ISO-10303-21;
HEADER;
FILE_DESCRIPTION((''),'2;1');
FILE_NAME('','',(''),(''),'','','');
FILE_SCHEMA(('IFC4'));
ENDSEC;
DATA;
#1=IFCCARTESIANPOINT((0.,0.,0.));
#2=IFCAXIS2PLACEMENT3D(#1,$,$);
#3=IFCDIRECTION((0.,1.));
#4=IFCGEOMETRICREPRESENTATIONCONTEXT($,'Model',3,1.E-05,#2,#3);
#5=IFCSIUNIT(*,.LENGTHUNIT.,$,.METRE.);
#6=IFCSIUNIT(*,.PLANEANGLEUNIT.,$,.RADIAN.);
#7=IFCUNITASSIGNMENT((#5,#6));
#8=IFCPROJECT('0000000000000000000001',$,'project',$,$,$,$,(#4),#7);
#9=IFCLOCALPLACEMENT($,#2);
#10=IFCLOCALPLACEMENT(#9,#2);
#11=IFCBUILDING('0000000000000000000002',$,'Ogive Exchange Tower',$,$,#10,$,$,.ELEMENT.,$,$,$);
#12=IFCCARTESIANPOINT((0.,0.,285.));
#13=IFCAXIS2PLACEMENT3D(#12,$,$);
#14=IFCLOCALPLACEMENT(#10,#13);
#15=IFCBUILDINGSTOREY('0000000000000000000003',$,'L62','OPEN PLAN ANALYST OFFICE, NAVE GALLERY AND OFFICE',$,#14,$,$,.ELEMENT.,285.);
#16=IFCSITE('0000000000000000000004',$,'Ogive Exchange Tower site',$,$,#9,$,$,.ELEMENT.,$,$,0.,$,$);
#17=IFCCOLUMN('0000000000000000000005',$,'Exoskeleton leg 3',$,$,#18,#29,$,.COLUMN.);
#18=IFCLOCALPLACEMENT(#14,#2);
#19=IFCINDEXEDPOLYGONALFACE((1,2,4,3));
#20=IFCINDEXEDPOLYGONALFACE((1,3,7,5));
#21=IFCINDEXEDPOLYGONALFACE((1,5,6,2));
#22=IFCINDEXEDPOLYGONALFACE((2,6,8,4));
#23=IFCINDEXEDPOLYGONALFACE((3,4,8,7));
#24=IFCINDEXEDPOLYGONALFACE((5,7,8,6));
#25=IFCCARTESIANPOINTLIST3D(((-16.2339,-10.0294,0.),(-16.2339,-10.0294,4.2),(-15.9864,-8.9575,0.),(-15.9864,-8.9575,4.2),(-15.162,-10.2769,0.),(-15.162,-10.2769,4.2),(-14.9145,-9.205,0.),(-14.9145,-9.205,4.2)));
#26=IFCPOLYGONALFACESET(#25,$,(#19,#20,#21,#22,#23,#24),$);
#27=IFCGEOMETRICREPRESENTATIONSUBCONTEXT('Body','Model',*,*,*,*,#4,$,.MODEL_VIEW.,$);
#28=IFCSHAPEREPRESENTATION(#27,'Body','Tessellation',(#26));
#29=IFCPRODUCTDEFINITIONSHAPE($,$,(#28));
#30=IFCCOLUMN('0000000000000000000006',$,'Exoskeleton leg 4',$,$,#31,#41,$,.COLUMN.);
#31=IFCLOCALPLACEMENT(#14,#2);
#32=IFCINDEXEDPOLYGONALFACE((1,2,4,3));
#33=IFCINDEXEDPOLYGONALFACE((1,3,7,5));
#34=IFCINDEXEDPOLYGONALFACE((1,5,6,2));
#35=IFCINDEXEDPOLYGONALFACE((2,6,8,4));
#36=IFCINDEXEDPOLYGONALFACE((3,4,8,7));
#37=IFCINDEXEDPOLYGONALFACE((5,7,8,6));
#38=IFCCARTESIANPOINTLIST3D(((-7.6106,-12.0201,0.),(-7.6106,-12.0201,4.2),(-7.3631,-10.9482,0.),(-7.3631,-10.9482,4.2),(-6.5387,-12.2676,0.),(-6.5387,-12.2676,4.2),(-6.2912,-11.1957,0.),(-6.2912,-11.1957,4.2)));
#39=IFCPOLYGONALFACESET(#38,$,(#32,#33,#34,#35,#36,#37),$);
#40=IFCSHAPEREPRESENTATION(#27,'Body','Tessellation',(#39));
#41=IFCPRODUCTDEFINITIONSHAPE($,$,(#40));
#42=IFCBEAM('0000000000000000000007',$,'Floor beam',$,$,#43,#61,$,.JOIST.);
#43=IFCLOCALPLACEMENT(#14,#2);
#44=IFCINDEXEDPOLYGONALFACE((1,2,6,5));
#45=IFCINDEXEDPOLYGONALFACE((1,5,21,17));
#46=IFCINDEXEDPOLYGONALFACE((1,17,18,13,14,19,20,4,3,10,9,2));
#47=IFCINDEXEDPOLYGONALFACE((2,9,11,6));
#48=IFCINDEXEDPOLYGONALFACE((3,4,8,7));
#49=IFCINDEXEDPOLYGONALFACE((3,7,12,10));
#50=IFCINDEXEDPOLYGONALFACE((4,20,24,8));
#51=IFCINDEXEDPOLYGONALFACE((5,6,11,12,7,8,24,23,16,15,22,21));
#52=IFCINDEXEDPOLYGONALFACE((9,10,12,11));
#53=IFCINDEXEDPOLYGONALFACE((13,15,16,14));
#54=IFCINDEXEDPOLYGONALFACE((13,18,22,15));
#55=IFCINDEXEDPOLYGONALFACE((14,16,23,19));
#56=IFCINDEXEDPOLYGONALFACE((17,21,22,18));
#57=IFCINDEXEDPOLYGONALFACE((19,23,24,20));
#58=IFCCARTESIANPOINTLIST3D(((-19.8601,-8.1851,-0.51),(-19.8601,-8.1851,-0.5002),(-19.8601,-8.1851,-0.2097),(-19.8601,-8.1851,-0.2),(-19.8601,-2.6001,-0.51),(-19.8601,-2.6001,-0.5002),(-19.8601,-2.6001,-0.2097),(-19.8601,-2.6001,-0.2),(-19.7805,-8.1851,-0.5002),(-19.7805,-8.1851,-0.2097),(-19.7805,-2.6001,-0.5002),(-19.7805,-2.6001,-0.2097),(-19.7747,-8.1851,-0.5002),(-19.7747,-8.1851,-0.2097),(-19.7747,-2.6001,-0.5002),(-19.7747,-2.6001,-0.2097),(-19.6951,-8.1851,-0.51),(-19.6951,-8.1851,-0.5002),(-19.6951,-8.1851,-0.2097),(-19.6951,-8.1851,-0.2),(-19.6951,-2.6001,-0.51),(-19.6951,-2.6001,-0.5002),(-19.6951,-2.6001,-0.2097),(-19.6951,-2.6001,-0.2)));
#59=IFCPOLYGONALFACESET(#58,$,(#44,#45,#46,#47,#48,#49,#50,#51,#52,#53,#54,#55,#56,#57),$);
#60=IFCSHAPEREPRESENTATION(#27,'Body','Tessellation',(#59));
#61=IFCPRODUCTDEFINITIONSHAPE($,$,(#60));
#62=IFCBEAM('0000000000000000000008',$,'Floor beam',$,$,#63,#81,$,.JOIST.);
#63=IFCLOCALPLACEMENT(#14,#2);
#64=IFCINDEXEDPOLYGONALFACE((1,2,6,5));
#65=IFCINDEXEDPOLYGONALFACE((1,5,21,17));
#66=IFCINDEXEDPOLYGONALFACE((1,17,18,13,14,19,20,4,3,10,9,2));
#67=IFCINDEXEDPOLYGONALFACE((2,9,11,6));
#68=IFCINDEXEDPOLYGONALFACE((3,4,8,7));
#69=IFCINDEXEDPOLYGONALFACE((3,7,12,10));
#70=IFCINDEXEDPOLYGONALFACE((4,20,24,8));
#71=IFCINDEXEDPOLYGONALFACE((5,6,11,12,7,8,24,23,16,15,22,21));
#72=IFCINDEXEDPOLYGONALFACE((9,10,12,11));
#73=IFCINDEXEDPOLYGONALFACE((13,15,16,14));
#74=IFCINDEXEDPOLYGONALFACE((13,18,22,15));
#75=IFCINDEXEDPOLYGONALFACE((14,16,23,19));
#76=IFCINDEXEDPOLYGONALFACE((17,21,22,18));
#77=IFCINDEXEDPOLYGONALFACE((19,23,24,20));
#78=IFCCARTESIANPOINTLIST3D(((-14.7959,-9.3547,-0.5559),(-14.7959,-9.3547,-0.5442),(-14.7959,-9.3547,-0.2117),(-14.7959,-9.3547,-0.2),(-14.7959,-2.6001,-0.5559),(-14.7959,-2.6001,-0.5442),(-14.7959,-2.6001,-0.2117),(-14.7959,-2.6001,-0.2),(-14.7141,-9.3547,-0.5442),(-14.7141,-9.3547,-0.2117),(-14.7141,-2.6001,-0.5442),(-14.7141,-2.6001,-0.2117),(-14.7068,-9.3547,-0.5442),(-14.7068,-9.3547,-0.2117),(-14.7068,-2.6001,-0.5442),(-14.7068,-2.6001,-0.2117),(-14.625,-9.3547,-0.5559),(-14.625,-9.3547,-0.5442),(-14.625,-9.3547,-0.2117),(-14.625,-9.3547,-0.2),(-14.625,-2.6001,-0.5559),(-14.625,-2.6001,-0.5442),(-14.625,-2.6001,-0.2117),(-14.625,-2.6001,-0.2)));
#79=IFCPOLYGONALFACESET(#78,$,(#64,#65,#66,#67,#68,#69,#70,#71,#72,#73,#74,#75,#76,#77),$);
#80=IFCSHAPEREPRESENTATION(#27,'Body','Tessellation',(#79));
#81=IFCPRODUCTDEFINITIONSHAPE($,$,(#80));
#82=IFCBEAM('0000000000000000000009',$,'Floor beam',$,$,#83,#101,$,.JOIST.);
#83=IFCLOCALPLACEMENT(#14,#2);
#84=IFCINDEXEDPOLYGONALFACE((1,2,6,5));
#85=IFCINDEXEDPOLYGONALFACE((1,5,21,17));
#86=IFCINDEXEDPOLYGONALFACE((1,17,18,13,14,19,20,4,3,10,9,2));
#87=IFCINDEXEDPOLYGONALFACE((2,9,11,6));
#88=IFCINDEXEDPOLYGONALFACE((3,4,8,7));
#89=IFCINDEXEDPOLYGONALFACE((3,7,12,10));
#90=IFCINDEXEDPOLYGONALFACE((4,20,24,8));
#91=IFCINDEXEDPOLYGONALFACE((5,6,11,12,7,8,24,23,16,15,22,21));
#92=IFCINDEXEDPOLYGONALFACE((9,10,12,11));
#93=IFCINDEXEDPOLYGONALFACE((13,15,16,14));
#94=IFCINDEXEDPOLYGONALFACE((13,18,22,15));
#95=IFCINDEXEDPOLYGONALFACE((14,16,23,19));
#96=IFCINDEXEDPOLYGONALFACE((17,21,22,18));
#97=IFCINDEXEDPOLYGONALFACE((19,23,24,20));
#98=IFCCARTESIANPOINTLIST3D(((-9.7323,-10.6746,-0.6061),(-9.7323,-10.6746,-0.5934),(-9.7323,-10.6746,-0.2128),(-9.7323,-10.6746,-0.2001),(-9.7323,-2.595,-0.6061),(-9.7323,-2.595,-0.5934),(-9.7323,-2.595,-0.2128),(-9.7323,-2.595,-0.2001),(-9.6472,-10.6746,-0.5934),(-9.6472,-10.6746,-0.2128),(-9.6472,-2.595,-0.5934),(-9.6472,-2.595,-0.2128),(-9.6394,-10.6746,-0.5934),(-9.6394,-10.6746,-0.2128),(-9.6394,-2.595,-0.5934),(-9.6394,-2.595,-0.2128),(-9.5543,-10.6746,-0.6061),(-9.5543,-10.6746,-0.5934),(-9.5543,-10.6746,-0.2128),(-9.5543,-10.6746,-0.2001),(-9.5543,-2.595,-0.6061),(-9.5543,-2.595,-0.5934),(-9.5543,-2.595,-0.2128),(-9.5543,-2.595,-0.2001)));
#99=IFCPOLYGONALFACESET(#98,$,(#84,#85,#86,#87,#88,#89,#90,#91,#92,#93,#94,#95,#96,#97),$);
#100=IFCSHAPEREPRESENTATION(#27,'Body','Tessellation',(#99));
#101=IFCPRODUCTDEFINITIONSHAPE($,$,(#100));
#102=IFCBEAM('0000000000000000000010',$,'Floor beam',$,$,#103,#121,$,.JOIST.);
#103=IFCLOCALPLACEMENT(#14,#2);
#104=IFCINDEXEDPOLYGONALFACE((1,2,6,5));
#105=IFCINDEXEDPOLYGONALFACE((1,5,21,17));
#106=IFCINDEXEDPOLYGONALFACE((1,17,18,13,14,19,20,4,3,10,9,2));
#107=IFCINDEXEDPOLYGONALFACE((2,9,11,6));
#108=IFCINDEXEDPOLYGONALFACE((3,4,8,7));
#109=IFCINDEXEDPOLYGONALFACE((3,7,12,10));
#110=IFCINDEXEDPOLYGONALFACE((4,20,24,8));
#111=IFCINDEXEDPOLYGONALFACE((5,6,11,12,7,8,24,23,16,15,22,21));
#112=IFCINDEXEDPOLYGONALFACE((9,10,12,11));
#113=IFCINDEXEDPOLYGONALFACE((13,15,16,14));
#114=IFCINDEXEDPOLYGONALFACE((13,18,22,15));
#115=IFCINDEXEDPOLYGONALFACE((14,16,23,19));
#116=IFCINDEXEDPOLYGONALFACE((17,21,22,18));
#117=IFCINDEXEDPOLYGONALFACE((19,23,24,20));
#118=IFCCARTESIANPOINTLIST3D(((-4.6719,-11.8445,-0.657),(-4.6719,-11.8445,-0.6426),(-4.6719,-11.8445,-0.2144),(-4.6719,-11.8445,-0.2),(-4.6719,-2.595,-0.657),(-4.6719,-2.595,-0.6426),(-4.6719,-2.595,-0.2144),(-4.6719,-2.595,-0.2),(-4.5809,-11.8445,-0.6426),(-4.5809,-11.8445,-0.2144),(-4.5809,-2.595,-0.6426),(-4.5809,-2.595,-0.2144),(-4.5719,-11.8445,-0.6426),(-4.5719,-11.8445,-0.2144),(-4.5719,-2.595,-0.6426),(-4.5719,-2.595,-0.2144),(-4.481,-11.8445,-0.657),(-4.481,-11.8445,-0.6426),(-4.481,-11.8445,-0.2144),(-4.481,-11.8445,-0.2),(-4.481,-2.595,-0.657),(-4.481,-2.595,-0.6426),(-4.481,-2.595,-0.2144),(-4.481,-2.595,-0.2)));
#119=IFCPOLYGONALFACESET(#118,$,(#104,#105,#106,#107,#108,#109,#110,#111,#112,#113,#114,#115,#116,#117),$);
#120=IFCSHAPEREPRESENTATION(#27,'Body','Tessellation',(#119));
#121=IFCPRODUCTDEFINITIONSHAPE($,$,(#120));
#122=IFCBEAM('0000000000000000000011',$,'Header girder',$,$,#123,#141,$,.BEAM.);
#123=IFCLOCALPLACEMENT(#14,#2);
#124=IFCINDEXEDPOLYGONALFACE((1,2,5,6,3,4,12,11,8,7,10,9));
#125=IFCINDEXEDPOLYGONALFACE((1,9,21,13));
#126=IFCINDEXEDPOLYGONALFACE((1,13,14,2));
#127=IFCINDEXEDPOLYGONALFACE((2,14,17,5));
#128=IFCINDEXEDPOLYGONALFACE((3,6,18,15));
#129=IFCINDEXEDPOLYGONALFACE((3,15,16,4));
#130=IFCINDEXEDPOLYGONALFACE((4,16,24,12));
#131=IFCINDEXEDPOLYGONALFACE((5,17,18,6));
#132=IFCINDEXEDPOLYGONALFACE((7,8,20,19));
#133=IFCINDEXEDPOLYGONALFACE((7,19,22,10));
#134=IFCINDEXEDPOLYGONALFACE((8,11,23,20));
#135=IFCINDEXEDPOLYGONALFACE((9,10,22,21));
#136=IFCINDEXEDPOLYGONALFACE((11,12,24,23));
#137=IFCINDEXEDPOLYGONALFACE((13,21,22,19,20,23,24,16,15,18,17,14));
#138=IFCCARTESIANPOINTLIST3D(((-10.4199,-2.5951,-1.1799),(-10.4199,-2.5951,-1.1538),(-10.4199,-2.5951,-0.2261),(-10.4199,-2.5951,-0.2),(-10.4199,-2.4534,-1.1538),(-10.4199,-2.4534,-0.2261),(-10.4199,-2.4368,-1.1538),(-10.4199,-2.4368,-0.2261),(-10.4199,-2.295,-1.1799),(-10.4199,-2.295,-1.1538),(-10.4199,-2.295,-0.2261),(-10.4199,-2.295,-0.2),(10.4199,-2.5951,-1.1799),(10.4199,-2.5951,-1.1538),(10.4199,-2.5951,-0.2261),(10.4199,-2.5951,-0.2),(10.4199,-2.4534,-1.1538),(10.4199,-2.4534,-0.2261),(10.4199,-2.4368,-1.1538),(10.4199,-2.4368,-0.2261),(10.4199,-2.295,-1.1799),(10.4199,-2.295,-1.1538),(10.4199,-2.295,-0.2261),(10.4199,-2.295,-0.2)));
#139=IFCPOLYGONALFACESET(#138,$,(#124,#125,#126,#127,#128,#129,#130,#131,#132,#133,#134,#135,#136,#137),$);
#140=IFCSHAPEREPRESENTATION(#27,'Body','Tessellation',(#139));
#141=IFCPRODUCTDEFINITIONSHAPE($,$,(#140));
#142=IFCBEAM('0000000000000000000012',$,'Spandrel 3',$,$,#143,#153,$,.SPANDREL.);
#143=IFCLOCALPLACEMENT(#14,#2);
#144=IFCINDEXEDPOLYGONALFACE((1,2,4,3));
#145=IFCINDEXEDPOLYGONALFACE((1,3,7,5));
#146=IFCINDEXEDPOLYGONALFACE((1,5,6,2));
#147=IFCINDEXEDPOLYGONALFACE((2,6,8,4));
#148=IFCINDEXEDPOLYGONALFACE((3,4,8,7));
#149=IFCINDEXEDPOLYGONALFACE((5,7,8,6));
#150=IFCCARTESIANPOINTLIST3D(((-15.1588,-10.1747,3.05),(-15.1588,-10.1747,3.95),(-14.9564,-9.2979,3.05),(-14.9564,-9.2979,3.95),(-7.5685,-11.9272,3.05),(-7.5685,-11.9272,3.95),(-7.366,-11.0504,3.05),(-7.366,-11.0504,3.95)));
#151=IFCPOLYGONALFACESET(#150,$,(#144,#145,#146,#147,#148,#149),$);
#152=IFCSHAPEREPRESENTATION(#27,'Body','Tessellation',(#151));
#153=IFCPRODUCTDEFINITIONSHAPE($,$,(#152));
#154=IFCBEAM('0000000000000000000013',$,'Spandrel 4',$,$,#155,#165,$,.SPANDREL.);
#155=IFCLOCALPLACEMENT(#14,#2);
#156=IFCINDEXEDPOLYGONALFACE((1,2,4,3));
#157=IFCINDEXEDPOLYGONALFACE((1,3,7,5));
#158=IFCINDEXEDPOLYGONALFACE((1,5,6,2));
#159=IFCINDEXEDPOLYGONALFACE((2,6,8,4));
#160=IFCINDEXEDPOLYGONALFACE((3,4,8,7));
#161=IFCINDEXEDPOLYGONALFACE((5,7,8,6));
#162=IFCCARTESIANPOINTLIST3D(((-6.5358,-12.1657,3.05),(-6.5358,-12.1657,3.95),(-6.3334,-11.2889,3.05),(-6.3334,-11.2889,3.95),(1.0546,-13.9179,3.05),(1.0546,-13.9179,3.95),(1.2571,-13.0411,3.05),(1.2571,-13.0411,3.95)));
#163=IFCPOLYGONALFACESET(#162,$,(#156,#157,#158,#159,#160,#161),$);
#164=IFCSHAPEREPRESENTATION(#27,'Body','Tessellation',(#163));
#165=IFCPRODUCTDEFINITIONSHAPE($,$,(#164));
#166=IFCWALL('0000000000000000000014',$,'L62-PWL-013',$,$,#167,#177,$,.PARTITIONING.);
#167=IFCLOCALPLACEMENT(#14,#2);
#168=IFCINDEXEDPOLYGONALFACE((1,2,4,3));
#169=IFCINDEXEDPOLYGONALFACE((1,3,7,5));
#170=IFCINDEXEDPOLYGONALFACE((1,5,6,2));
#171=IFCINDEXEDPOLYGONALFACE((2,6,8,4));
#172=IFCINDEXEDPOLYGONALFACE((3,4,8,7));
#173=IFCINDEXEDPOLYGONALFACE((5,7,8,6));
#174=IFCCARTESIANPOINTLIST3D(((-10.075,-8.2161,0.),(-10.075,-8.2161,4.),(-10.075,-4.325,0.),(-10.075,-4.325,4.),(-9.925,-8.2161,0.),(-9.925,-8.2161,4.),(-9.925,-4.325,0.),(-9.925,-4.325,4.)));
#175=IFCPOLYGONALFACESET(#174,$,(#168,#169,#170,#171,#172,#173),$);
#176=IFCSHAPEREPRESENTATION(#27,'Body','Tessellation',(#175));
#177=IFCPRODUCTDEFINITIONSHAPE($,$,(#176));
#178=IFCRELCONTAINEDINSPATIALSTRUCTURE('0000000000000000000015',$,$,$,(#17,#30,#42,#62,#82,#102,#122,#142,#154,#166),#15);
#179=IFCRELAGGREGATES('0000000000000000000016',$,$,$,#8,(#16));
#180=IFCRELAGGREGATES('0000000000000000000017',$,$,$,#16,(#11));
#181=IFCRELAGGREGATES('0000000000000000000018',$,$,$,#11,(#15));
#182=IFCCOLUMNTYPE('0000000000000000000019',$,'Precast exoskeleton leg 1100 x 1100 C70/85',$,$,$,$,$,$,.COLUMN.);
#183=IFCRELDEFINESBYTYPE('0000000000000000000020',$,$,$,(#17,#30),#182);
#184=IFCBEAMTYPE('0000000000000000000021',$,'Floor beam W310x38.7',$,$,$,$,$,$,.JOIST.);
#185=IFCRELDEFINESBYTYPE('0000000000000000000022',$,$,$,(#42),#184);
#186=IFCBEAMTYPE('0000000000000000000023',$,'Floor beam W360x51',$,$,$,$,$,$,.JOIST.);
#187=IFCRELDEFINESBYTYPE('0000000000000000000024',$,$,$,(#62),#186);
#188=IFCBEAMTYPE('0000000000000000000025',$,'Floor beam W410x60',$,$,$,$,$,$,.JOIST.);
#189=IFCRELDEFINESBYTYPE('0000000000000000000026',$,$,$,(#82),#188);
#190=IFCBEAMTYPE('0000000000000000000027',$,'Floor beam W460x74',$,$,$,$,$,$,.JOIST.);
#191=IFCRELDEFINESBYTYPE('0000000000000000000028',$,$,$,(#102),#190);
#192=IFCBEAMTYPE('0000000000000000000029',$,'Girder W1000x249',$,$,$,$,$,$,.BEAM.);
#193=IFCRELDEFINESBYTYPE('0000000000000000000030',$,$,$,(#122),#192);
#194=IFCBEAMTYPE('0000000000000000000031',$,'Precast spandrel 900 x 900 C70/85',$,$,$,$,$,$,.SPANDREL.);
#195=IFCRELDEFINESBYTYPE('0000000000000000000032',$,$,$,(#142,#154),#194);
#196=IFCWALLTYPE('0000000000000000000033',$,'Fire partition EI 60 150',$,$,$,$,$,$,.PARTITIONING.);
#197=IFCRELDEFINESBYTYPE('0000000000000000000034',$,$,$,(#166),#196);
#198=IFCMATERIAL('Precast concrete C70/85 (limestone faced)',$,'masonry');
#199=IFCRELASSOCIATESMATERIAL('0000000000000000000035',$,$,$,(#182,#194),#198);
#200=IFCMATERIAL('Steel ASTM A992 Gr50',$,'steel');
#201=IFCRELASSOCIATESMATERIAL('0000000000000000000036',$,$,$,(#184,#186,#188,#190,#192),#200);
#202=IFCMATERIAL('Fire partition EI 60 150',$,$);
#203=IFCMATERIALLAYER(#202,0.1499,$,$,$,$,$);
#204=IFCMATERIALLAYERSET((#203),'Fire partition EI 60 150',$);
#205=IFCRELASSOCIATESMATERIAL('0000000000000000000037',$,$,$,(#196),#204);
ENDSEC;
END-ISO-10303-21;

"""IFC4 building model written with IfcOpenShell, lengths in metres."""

from ifc_helpers import new_model, si_unit, direction, frame, frame_2d, origin, origin_2d, place, context, subcontext, project, spatial, rectangle, i_section, extrude, material, layer, layer_set, material_profile, profile_set, type_object, element, save


model = new_model("IFC4")

# Units and contexts
model_context = context("Model", 3, precision=1e-05, world=origin(), true_north=direction((0.0, 1.0)))
body_context = subcontext(model_context, "Body", "Model", "MODEL_VIEW")
ifc_project = project(units=[si_unit("LENGTHUNIT", "METRE"), si_unit("PLANEANGLEUNIT", "RADIAN")], contexts=[model_context])

# Site, building, storey
site_placement = place(None, origin())
site = spatial("IfcSite", under=ifc_project, at=site_placement, Name="Ogive Exchange Tower site", CompositionType="ELEMENT", RefElevation=0.0)
building_placement = place(site_placement, origin())
building = spatial("IfcBuilding", under=site, at=building_placement, Name="Ogive Exchange Tower", CompositionType="ELEMENT")
storey_placement = place(building_placement, frame((0.0, 0.0, 285.0)))
storey = spatial("IfcBuildingStorey", under=building, at=storey_placement, Name="L62", Description="OPEN PLAN ANALYST OFFICE, NAVE GALLERY AND OFFICE", CompositionType="ELEMENT", Elevation=285.0)

# Columns
ifc_material_1 = material(Name="Precast concrete C70/85 (limestone faced)", Category="masonry")
ifc_material_profile_1 = material_profile(ifc_material_1, rectangle(XDim=1.1001, YDim=1.1001, at=origin_2d()), Name="1100 x 1100")
ifc_profile_set_1 = profile_set([ifc_material_profile_1], Name="Precast concrete C70/85 (limestone faced)")
column_type = type_object("IfcColumnType", Name="Precast exoskeleton leg 1100 x 1100 C70/85", PredefinedType="COLUMN", material=ifc_profile_set_1)
for number, where, z_axis, x_axis, name in (
    (1, (-15.5742, -9.6172, 0.0), (0.0, 0.0, 1.0), (0.97437, -0.224951, 0.0), "Exoskeleton leg 3"),
    (2, (-6.9509, -11.6079, 0.0), (0.0, 0.0, 1.0), (0.97437, -0.224951, 0.0), "Exoskeleton leg 4"),
):
    element("IfcColumn", number, at=place(storey_placement, frame(where, z_axis=z_axis, x_axis=x_axis)), inside=storey, type_object=column_type, Name=name, PredefinedType="COLUMN", context=body_context, shape_type="SweptSolid", body=[
        extrude(rectangle(XDim=1.1001, YDim=1.1001, at=origin_2d()), origin(), (0.0, 0.0, 1.0), 4.2),
    ])

# Beams
ifc_material_2 = material(Name="Steel ASTM A992 Gr50", Category="steel")
ifc_material_profile_2 = material_profile(ifc_material_2, i_section(OverallWidth=0.165, OverallDepth=0.3101, WebThickness=0.0059, FlangeThickness=0.0098, at=origin_2d()), Name="W310x38.7")
ifc_profile_set_2 = profile_set([ifc_material_profile_2], Name="Steel ASTM A992 Gr50")
beam_type_1 = type_object("IfcBeamType", Name="Floor beam W310x38.7", PredefinedType="JOIST", material=ifc_profile_set_2)
beam_1_placement = place(storey_placement, frame((-19.7776, -8.1851, -0.355), z_axis=(0.0, 1.0, 0.0), x_axis=(-1.0, 0.0, 0.0)))
element("IfcBeam", 3, at=beam_1_placement, inside=storey, type_object=beam_type_1, Name="Floor beam", PredefinedType="JOIST", context=body_context, shape_type="SweptSolid", body=[
    extrude(i_section(OverallWidth=0.165, OverallDepth=0.3101, WebThickness=0.0059, FlangeThickness=0.0098, at=origin_2d()), origin(), (0.0, 0.0, 1.0), 5.585),
])
ifc_material_profile_3 = material_profile(ifc_material_2, i_section(OverallWidth=0.1709, OverallDepth=0.356, WebThickness=0.0073, FlangeThickness=0.0117, at=origin_2d()), Name="W360x51")
ifc_profile_set_3 = profile_set([ifc_material_profile_3], Name="Steel ASTM A992 Gr50")
beam_type_2 = type_object("IfcBeamType", Name="Floor beam W360x51", PredefinedType="JOIST", material=ifc_profile_set_3)
beam_2_placement = place(storey_placement, frame((-14.7104, -9.3547, -0.3779), z_axis=(0.0, 1.0, 0.0), x_axis=(-1.0, 0.0, 0.0)))
element("IfcBeam", 4, at=beam_2_placement, inside=storey, type_object=beam_type_2, Name="Floor beam", PredefinedType="JOIST", context=body_context, shape_type="SweptSolid", body=[
    extrude(i_section(OverallWidth=0.1709, OverallDepth=0.356, WebThickness=0.0073, FlangeThickness=0.0117, at=origin_2d()), origin(), (0.0, 0.0, 1.0), 6.7546),
])
ifc_material_profile_4 = material_profile(ifc_material_2, i_section(OverallWidth=0.178, OverallDepth=0.406, WebThickness=0.0078, FlangeThickness=0.0127, at=origin_2d()), Name="W410x60")
ifc_profile_set_4 = profile_set([ifc_material_profile_4], Name="Steel ASTM A992 Gr50")
beam_type_3 = type_object("IfcBeamType", Name="Floor beam W410x60", PredefinedType="JOIST", material=ifc_profile_set_4)
beam_3_placement = place(storey_placement, frame((-9.6433, -10.6746, -0.4031), z_axis=(0.0, 1.0, 0.0), x_axis=(-1.0, 0.0, 0.0)))
element("IfcBeam", 5, at=beam_3_placement, inside=storey, type_object=beam_type_3, Name="Floor beam", PredefinedType="JOIST", context=body_context, shape_type="SweptSolid", body=[
    extrude(i_section(OverallWidth=0.178, OverallDepth=0.406, WebThickness=0.0078, FlangeThickness=0.0127, at=origin_2d()), origin(), (0.0, 0.0, 1.0), 8.0796),
])
ifc_material_profile_5 = material_profile(ifc_material_2, i_section(OverallWidth=0.1909, OverallDepth=0.457, WebThickness=0.009, FlangeThickness=0.0144, at=origin_2d()), Name="W460x74")
ifc_profile_set_5 = profile_set([ifc_material_profile_5], Name="Steel ASTM A992 Gr50")
beam_type_4 = type_object("IfcBeamType", Name="Floor beam W460x74", PredefinedType="JOIST", material=ifc_profile_set_5)
beam_4_placement = place(storey_placement, frame((-4.5764, -11.8445, -0.4285), z_axis=(0.0, 1.0, 0.0), x_axis=(-1.0, 0.0, 0.0)))
element("IfcBeam", 6, at=beam_4_placement, inside=storey, type_object=beam_type_4, Name="Floor beam", PredefinedType="JOIST", context=body_context, shape_type="SweptSolid", body=[
    extrude(i_section(OverallWidth=0.1909, OverallDepth=0.457, WebThickness=0.009, FlangeThickness=0.0144, at=origin_2d()), origin(), (0.0, 0.0, 1.0), 9.2495),
])
ifc_material_profile_6 = material_profile(ifc_material_2, i_section(OverallWidth=0.3, OverallDepth=0.98, WebThickness=0.0166, FlangeThickness=0.0261, at=origin_2d()), Name="W1000x249")
ifc_profile_set_6 = profile_set([ifc_material_profile_6], Name="Steel ASTM A992 Gr50")
beam_type_5 = type_object("IfcBeamType", Name="Girder W1000x249", PredefinedType="BEAM", material=ifc_profile_set_6)
beam_5_placement = place(storey_placement, frame((-10.4199, -2.4451, -0.6899), z_axis=(1.0, 0.0, 0.0), x_axis=(0.0, 1.0, 0.0)))
element("IfcBeam", 7, at=beam_5_placement, inside=storey, type_object=beam_type_5, Name="Header girder", PredefinedType="BEAM", context=body_context, shape_type="SweptSolid", body=[
    extrude(i_section(OverallWidth=0.3, OverallDepth=0.98, WebThickness=0.0166, FlangeThickness=0.0261, at=origin_2d()), origin(), (0.0, 0.0, 1.0), 20.8398),
])
ifc_material_profile_7 = material_profile(ifc_material_1, rectangle(XDim=0.8999, YDim=0.8999, at=origin_2d()), Name="900 x 900")
ifc_profile_set_7 = profile_set([ifc_material_profile_7], Name="Precast concrete C70/85 (limestone faced)")
beam_type_6 = type_object("IfcBeamType", Name="Precast spandrel 900 x 900 C70/85", PredefinedType="SPANDREL", material=ifc_profile_set_7)
for number, where, z_axis, x_axis, name in (
    (8, (-15.0576, -9.7363, 3.5), (0.974368, -0.22496, 0.0), (0.22496, 0.974368, 0.0), "Spandrel 3"),
    (9, (-6.4346, -11.7273, 3.5), (0.974375, -0.22493, 0.0), (0.22493, 0.974375, 0.0), "Spandrel 4"),
):
    element("IfcBeam", number, at=place(storey_placement, frame(where, z_axis=z_axis, x_axis=x_axis)), inside=storey, type_object=beam_type_6, Name=name, PredefinedType="SPANDREL", context=body_context, shape_type="SweptSolid", body=[
        extrude(rectangle(XDim=0.8999, YDim=0.8999, at=origin_2d()), origin(), (0.0, 0.0, 1.0), 7.79),
    ])

# Wall
ifc_material_3 = material(Name="Fire partition EI 60 150")
ifc_layer_1 = layer(ifc_material_3, 0.1499)
ifc_layer_set_1 = layer_set([ifc_layer_1], Name="Fire partition EI 60 150")
wall_type_1 = type_object("IfcWallType", Name="Fire partition EI 60 150", PredefinedType="PARTITIONING", material=ifc_layer_set_1)
wall_1_placement = place(storey_placement, frame((-10.0, -8.2161, 0.0), z_axis=(0.0, 0.0, 1.0), x_axis=(0.0, 1.0, 0.0)))
element("IfcWall", 10, at=wall_1_placement, inside=storey, type_object=wall_type_1, Name="L62-PWL-013", PredefinedType="PARTITIONING", context=body_context, shape_type="SweptSolid", body=[
    extrude(rectangle(XDim=3.8911, YDim=0.1499, at=frame_2d((1.9456, 0.0))), origin(), (0.0, 0.0, 1.0), 4.0),
])

save(model, "model.ifc")
